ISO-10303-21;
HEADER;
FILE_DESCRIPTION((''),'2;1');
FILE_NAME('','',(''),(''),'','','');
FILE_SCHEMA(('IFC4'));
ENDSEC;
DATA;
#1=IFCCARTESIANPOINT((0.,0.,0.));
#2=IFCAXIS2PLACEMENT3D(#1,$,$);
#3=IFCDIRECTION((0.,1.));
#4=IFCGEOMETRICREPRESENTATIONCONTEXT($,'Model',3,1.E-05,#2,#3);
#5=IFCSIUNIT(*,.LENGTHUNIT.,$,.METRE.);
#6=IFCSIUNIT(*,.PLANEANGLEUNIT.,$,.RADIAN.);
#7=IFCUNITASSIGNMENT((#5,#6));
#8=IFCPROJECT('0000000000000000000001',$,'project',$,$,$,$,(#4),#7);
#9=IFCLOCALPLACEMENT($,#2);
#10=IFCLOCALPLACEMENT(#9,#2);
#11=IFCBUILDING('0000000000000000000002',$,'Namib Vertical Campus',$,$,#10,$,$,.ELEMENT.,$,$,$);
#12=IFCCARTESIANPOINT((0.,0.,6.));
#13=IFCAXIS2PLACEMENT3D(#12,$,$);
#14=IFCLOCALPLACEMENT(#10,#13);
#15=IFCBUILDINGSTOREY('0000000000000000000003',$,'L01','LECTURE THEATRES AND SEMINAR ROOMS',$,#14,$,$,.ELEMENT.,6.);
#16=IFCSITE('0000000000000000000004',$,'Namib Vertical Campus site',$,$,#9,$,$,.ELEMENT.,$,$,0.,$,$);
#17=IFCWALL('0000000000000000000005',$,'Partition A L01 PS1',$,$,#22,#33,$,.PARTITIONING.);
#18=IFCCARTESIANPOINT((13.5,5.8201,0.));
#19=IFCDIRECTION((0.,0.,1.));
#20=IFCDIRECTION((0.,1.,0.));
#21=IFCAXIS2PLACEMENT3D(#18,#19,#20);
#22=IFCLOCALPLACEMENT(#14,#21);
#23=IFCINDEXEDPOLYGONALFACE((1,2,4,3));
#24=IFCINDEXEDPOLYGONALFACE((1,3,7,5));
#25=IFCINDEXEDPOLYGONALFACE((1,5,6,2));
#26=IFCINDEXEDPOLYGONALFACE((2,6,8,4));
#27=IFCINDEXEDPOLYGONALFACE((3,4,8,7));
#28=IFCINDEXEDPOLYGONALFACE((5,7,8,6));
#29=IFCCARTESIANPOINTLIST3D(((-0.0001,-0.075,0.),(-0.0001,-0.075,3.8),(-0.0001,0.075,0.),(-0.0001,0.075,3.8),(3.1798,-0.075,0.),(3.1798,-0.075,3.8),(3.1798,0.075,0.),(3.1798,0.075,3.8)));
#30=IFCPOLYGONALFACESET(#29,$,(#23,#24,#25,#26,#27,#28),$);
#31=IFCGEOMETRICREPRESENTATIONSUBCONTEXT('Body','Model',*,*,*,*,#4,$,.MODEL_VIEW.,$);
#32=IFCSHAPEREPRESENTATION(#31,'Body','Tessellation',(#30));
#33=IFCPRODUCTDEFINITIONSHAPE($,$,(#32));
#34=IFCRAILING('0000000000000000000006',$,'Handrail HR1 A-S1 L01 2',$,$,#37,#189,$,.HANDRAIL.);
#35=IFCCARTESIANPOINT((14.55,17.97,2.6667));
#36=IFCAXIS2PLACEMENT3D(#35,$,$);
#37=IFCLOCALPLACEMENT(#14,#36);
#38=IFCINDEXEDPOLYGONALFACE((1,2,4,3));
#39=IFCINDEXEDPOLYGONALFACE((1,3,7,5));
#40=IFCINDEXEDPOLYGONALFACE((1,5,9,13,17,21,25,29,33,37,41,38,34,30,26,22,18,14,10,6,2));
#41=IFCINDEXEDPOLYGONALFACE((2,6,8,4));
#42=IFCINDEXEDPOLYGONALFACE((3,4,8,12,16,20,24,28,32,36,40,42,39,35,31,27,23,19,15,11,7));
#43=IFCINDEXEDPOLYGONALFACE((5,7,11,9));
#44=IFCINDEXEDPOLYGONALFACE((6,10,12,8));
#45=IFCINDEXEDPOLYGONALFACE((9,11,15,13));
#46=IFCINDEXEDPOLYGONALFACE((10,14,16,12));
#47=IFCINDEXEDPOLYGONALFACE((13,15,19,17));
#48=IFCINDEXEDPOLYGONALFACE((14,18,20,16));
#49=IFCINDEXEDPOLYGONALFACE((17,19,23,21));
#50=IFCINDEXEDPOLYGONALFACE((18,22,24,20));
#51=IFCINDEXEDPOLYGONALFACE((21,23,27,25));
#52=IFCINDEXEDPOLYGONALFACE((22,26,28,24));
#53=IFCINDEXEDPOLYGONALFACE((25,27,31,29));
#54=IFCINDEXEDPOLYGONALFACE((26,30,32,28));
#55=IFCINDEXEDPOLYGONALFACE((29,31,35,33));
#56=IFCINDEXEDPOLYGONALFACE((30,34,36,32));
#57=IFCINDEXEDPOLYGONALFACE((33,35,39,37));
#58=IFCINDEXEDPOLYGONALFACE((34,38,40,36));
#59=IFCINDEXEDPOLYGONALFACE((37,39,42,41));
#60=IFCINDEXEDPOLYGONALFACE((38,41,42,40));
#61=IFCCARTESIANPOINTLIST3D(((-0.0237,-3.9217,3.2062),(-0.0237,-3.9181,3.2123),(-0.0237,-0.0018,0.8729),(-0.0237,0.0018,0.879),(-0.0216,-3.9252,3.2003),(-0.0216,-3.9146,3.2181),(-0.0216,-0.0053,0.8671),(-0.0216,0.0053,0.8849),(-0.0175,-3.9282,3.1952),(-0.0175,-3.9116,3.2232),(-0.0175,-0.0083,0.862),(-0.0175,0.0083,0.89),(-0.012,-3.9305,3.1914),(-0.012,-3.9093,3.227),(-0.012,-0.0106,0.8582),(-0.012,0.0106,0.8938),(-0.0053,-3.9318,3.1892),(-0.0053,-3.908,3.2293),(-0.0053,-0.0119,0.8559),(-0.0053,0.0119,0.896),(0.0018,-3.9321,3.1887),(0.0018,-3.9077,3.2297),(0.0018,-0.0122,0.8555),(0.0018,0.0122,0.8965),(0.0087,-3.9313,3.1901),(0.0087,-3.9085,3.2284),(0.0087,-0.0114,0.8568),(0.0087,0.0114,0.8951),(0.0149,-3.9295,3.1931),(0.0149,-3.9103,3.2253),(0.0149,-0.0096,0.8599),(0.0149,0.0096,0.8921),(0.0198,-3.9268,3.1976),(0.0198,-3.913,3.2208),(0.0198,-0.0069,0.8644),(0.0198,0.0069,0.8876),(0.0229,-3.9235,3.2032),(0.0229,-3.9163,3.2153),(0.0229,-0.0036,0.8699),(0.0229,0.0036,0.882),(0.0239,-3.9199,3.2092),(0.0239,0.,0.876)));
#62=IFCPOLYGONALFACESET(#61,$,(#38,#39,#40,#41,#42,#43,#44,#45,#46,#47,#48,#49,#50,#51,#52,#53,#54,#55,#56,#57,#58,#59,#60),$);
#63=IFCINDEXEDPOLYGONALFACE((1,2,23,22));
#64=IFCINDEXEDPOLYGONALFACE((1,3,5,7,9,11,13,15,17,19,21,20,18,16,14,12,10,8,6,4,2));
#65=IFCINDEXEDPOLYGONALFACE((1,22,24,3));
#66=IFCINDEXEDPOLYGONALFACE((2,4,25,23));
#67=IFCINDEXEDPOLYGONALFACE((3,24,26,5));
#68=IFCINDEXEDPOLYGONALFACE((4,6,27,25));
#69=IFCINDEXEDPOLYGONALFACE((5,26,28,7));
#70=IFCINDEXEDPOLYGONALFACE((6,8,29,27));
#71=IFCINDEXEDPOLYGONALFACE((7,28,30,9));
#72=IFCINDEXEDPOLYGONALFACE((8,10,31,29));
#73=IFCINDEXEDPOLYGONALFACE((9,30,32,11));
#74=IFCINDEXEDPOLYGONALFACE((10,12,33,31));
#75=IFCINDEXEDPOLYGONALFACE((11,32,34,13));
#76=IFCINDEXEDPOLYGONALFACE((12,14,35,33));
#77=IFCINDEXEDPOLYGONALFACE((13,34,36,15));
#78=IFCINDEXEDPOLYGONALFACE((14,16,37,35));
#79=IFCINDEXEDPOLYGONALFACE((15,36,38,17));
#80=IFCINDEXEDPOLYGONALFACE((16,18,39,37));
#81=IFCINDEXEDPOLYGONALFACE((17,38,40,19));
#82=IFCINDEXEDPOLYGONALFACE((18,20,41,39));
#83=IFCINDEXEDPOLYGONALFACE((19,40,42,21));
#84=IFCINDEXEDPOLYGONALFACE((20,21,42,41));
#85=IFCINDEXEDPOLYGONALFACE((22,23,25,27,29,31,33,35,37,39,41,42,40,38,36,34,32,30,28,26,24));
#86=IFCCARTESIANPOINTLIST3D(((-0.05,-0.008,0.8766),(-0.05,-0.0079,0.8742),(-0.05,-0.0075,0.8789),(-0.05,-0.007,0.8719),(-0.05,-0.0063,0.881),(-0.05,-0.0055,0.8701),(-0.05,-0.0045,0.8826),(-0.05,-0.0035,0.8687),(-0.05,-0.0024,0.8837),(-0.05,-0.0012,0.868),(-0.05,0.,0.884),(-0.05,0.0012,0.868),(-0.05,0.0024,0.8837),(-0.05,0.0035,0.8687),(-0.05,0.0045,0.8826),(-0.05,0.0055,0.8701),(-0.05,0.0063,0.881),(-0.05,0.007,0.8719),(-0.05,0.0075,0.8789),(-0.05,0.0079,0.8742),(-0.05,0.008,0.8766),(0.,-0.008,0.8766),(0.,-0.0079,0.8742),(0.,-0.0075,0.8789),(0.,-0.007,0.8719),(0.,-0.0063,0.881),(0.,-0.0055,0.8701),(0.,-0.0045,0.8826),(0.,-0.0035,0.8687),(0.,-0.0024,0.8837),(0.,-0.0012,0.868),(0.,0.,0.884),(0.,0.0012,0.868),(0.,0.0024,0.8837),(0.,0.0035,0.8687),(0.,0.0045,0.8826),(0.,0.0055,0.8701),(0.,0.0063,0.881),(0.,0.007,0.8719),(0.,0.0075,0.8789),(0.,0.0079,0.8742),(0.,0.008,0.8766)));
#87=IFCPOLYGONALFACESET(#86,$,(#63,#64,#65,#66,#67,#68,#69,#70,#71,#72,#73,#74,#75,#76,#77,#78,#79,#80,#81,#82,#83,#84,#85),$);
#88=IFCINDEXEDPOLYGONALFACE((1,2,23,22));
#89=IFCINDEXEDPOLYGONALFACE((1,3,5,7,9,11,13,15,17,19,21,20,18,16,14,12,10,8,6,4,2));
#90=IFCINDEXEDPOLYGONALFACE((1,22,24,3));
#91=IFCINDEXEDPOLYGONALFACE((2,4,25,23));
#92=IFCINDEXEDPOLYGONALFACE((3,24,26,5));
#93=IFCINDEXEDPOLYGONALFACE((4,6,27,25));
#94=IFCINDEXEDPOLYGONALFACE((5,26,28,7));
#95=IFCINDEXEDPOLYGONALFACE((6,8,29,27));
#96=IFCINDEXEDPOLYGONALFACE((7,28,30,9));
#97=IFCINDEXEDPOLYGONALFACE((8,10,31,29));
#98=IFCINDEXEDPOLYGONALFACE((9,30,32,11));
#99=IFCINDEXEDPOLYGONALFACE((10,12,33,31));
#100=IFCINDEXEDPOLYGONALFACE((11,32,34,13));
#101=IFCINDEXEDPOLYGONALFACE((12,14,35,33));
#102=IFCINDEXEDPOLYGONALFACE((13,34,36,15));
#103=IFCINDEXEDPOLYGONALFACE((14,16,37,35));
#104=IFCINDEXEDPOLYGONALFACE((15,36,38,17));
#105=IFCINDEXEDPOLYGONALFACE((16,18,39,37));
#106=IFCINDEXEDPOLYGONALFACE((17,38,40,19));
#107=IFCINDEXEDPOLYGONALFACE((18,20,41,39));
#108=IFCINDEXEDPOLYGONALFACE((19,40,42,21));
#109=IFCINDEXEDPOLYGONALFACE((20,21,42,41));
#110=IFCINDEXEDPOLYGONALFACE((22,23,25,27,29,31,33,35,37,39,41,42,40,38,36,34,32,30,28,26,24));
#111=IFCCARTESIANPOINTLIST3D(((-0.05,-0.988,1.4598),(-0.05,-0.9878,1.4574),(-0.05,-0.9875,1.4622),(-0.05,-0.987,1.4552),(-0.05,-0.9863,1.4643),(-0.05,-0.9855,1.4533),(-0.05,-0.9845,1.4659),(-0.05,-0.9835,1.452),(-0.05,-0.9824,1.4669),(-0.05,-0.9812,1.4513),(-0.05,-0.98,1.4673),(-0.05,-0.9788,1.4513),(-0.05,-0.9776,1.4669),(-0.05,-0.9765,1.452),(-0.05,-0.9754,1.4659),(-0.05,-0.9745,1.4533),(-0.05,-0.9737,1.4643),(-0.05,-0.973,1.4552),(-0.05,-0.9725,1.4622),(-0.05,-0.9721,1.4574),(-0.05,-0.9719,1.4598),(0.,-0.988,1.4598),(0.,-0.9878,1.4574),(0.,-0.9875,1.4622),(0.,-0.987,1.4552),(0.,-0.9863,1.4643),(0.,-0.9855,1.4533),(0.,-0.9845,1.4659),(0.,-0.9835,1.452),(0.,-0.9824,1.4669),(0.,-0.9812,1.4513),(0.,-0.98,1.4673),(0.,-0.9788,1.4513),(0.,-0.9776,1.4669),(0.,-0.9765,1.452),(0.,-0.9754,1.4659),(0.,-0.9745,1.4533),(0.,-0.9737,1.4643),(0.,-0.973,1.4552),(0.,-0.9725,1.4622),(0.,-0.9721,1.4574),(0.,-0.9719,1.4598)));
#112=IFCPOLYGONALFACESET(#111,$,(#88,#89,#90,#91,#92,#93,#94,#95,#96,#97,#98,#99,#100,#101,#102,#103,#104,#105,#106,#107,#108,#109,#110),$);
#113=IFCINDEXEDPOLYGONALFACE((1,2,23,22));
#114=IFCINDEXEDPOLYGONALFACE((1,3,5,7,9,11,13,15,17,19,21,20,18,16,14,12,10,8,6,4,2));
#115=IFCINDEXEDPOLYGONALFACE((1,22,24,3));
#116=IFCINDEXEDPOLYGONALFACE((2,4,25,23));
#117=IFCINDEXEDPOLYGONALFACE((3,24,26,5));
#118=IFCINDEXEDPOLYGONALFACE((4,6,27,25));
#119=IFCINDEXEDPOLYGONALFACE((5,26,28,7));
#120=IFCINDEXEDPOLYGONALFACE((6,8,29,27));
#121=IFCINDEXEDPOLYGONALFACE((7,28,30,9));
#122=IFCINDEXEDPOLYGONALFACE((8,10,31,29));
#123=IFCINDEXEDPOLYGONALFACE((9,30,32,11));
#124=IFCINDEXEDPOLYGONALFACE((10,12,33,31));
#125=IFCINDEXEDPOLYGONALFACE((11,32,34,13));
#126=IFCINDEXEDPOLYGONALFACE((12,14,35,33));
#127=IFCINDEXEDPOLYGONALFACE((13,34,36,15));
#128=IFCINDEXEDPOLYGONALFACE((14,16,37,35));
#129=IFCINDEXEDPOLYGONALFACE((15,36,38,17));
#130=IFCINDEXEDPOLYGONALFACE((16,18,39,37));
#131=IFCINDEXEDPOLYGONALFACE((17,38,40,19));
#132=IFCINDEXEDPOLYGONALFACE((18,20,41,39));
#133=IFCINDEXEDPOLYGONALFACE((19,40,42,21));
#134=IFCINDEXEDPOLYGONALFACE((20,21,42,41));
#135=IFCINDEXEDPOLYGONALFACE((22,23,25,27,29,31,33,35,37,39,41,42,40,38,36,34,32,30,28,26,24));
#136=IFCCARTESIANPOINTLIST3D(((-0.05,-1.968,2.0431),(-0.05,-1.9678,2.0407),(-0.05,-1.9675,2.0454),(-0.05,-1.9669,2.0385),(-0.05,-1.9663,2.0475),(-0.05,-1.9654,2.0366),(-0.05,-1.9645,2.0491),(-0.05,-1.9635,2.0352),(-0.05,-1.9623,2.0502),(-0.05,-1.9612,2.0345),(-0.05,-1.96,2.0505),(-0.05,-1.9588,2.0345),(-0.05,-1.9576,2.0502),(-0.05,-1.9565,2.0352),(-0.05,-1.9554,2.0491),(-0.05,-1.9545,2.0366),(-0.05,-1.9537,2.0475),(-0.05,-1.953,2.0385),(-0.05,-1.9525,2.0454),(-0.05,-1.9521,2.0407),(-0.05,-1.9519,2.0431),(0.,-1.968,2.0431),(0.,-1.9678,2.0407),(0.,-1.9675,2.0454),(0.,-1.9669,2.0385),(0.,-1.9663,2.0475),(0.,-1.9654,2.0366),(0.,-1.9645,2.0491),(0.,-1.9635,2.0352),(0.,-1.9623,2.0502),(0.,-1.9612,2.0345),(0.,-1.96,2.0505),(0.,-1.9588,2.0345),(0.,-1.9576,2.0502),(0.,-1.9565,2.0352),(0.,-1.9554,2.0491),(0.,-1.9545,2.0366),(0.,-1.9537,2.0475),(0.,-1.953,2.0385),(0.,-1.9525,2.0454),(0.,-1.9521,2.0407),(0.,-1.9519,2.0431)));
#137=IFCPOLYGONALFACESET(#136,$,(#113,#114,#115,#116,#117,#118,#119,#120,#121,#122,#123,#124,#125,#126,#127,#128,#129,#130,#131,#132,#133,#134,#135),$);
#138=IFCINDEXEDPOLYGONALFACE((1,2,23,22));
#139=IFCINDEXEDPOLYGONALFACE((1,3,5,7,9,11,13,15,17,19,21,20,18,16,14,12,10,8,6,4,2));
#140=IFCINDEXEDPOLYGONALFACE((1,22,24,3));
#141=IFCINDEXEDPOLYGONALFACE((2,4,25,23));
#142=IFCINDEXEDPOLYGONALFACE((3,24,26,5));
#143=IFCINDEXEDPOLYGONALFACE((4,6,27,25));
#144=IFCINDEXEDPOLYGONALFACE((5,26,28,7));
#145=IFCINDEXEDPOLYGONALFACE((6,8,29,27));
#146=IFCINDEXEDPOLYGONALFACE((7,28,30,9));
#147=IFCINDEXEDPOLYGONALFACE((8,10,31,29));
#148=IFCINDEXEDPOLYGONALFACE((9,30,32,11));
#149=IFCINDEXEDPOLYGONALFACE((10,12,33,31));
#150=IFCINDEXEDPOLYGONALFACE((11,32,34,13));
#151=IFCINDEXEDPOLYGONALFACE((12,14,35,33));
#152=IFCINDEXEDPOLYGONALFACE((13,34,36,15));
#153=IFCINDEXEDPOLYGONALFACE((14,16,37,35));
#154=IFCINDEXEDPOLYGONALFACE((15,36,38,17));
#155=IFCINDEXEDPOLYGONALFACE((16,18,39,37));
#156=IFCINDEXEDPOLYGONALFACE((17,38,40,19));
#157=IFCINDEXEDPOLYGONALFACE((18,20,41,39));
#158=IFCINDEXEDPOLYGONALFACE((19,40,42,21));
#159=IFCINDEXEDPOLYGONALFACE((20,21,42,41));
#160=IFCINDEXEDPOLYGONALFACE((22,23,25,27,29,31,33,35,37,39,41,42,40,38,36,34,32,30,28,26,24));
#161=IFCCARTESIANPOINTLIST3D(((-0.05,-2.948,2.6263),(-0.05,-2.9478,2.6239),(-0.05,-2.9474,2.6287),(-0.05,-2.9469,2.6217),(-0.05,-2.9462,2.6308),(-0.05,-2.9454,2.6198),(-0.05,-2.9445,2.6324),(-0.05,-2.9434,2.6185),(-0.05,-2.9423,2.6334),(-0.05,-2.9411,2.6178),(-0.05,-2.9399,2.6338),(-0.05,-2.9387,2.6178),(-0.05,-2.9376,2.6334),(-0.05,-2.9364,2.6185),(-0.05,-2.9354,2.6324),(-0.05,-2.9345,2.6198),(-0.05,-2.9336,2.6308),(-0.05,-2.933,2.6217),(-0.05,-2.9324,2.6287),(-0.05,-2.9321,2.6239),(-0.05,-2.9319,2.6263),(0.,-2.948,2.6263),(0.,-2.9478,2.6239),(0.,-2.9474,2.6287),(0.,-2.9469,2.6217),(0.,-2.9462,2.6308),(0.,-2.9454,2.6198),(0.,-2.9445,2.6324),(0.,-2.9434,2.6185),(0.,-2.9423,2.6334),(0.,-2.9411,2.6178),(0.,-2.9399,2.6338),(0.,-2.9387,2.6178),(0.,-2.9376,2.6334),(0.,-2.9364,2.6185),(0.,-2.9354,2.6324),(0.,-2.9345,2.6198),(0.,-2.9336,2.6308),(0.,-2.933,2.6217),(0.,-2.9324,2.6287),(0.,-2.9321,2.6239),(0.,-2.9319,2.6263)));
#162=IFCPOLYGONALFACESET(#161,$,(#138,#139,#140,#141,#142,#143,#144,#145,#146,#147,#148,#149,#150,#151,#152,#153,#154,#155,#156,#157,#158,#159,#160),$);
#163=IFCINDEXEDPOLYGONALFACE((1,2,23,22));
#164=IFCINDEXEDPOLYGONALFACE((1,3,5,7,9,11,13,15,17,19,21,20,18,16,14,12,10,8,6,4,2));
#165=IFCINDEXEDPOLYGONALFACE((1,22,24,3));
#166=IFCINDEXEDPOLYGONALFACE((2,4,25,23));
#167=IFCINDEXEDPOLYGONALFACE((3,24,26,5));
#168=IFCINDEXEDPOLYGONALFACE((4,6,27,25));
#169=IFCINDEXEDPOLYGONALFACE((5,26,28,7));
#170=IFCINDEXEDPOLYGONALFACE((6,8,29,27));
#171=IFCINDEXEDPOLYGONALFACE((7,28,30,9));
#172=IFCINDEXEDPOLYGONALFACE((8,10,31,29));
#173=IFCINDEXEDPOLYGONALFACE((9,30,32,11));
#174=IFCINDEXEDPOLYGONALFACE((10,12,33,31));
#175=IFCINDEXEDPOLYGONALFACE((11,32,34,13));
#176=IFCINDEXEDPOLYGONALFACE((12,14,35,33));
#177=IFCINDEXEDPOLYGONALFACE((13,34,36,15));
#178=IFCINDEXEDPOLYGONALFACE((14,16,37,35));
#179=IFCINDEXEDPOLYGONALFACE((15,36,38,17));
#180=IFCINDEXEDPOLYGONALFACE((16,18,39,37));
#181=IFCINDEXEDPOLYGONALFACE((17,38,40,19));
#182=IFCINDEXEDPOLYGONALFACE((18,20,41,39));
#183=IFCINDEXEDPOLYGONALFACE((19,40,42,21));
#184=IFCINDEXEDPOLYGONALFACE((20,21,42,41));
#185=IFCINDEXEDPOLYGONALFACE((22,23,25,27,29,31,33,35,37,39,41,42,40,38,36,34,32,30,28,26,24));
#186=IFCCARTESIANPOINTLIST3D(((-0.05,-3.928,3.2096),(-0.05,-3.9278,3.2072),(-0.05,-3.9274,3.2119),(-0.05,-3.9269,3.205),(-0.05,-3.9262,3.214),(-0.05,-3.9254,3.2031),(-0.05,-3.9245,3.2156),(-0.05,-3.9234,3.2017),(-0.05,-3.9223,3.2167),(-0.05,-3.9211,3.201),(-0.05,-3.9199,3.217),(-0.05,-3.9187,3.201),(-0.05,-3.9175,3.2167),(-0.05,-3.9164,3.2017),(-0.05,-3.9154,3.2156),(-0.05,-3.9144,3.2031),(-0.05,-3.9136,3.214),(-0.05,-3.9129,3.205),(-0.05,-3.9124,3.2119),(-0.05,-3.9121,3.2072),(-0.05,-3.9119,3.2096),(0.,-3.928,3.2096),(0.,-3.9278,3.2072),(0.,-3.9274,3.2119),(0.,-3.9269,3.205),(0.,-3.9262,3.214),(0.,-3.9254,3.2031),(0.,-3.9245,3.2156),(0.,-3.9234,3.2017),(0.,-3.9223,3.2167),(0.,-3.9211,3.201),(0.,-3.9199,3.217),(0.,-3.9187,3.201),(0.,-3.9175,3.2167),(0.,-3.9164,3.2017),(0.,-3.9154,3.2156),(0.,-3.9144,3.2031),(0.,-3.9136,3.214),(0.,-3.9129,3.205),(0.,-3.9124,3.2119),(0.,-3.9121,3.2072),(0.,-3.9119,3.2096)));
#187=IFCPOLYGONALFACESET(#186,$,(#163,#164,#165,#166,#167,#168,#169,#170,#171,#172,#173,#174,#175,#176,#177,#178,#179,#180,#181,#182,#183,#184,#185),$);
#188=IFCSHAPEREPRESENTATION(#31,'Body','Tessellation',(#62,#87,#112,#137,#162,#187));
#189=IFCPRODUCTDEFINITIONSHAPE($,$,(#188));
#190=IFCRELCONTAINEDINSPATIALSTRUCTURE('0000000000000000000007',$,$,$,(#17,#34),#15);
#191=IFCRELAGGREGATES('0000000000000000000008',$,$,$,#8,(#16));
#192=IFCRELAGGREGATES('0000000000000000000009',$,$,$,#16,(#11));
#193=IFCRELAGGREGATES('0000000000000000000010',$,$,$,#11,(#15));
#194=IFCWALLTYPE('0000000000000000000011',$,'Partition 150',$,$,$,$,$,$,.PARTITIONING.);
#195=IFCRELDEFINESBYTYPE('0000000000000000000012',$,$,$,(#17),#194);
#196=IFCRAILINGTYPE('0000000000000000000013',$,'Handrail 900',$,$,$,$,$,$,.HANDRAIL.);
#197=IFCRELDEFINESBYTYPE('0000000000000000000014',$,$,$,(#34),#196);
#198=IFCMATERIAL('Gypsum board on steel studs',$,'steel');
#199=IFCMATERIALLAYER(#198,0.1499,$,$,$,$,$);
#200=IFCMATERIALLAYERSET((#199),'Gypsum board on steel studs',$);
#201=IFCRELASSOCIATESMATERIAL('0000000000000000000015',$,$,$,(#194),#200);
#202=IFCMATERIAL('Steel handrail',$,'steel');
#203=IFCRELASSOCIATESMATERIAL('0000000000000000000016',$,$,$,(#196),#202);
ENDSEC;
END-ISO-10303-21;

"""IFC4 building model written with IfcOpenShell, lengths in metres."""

from ifc_helpers import new_model, si_unit, direction, frame, frame_2d, origin, origin_2d, place, context, subcontext, project, spatial, rectangle, circle, extrude, material, layer, layer_set, type_object, element, save


model = new_model("IFC4")

# Units and contexts
model_context = context("Model", 3, precision=1e-05, world=origin(), true_north=direction((0.0, 1.0)))
body_context = subcontext(model_context, "Body", "Model", "MODEL_VIEW")
ifc_project = project(units=[si_unit("LENGTHUNIT", "METRE"), si_unit("PLANEANGLEUNIT", "RADIAN")], contexts=[model_context])

# Site, building, storey
site_placement = place(None, origin())
site = spatial("IfcSite", under=ifc_project, at=site_placement, Name="Namib Vertical Campus site", CompositionType="ELEMENT", RefElevation=0.0)
building_placement = place(site_placement, origin())
building = spatial("IfcBuilding", under=site, at=building_placement, Name="Namib Vertical Campus", CompositionType="ELEMENT")
storey_placement = place(building_placement, frame((0.0, 0.0, 6.0)))
storey = spatial("IfcBuildingStorey", under=building, at=storey_placement, Name="L01", Description="LECTURE THEATRES AND SEMINAR ROOMS", CompositionType="ELEMENT", Elevation=6.0)

# Wall
ifc_material_1 = material(Name="Gypsum board on steel studs", Category="steel")
ifc_layer_1 = layer(ifc_material_1, 0.1499)
ifc_layer_set_1 = layer_set([ifc_layer_1], Name="Gypsum board on steel studs")
wall_type_1 = type_object("IfcWallType", Name="Partition 150", PredefinedType="PARTITIONING", material=ifc_layer_set_1)
wall_1_placement = place(storey_placement, frame((13.5, 5.8201, 0.0), z_axis=(0.0, 0.0, 1.0), x_axis=(0.0, 1.0, 0.0)))
element("IfcWall", 1, at=wall_1_placement, inside=storey, type_object=wall_type_1, Name="Partition A L01 PS1", PredefinedType="PARTITIONING", context=body_context, shape_type="SweptSolid", body=[
    extrude(rectangle(XDim=3.1799, YDim=0.1499, at=frame_2d((1.5898, 0.0))), origin(), (0.0, 0.0, 1.0), 3.8),
])

# Railing
ifc_material_2 = material(Name="Steel handrail", Category="steel")
railing_type = type_object("IfcRailingType", Name="Handrail 900", PredefinedType="HANDRAIL", material=ifc_material_2)
railing_placement = place(storey_placement, frame((14.55, 17.97, 2.6667)))
element("IfcRailing", 2, at=railing_placement, inside=storey, type_object=railing_type, Name="Handrail HR1 A-S1 L01 2", PredefinedType="HANDRAIL", context=body_context, shape_type="SweptSolid", body=[
    extrude(circle(Radius=0.0239, at=origin_2d()), frame((0.0, 0.0, 0.876), z_axis=(0.0, -0.859296, 0.511478), x_axis=(1.0, 0.0, 0.0)), (0.0, 0.0, 1.0), 4.5618),
    extrude(circle(Radius=0.0081, at=origin_2d()), frame((0.0, 0.0, 0.876), z_axis=(-1.0, 0.0, 0.0), x_axis=(0.0, 0.0, 1.0)), (0.0, 0.0, 1.0), 0.05),
    extrude(circle(Radius=0.0081, at=origin_2d()), frame((0.0, -0.98, 1.4592), z_axis=(-1.0, 0.0, 0.0), x_axis=(0.0, 0.0, 1.0)), (0.0, 0.0, 1.0), 0.05),
    extrude(circle(Radius=0.0081, at=origin_2d()), frame((0.0, -1.96, 2.0425), z_axis=(-1.0, 0.0, 0.0), x_axis=(0.0, 0.0, 1.0)), (0.0, 0.0, 1.0), 0.05),
    extrude(circle(Radius=0.0081, at=origin_2d()), frame((0.0, -2.9399, 2.6257), z_axis=(-1.0, 0.0, 0.0), x_axis=(0.0, 0.0, 1.0)), (0.0, 0.0, 1.0), 0.05),
    extrude(circle(Radius=0.0081, at=origin_2d()), frame((0.0, -3.9199, 3.209), z_axis=(-1.0, 0.0, 0.0), x_axis=(0.0, 0.0, 1.0)), (0.0, 0.0, 1.0), 0.05),
])

save(model, "model.ifc")
